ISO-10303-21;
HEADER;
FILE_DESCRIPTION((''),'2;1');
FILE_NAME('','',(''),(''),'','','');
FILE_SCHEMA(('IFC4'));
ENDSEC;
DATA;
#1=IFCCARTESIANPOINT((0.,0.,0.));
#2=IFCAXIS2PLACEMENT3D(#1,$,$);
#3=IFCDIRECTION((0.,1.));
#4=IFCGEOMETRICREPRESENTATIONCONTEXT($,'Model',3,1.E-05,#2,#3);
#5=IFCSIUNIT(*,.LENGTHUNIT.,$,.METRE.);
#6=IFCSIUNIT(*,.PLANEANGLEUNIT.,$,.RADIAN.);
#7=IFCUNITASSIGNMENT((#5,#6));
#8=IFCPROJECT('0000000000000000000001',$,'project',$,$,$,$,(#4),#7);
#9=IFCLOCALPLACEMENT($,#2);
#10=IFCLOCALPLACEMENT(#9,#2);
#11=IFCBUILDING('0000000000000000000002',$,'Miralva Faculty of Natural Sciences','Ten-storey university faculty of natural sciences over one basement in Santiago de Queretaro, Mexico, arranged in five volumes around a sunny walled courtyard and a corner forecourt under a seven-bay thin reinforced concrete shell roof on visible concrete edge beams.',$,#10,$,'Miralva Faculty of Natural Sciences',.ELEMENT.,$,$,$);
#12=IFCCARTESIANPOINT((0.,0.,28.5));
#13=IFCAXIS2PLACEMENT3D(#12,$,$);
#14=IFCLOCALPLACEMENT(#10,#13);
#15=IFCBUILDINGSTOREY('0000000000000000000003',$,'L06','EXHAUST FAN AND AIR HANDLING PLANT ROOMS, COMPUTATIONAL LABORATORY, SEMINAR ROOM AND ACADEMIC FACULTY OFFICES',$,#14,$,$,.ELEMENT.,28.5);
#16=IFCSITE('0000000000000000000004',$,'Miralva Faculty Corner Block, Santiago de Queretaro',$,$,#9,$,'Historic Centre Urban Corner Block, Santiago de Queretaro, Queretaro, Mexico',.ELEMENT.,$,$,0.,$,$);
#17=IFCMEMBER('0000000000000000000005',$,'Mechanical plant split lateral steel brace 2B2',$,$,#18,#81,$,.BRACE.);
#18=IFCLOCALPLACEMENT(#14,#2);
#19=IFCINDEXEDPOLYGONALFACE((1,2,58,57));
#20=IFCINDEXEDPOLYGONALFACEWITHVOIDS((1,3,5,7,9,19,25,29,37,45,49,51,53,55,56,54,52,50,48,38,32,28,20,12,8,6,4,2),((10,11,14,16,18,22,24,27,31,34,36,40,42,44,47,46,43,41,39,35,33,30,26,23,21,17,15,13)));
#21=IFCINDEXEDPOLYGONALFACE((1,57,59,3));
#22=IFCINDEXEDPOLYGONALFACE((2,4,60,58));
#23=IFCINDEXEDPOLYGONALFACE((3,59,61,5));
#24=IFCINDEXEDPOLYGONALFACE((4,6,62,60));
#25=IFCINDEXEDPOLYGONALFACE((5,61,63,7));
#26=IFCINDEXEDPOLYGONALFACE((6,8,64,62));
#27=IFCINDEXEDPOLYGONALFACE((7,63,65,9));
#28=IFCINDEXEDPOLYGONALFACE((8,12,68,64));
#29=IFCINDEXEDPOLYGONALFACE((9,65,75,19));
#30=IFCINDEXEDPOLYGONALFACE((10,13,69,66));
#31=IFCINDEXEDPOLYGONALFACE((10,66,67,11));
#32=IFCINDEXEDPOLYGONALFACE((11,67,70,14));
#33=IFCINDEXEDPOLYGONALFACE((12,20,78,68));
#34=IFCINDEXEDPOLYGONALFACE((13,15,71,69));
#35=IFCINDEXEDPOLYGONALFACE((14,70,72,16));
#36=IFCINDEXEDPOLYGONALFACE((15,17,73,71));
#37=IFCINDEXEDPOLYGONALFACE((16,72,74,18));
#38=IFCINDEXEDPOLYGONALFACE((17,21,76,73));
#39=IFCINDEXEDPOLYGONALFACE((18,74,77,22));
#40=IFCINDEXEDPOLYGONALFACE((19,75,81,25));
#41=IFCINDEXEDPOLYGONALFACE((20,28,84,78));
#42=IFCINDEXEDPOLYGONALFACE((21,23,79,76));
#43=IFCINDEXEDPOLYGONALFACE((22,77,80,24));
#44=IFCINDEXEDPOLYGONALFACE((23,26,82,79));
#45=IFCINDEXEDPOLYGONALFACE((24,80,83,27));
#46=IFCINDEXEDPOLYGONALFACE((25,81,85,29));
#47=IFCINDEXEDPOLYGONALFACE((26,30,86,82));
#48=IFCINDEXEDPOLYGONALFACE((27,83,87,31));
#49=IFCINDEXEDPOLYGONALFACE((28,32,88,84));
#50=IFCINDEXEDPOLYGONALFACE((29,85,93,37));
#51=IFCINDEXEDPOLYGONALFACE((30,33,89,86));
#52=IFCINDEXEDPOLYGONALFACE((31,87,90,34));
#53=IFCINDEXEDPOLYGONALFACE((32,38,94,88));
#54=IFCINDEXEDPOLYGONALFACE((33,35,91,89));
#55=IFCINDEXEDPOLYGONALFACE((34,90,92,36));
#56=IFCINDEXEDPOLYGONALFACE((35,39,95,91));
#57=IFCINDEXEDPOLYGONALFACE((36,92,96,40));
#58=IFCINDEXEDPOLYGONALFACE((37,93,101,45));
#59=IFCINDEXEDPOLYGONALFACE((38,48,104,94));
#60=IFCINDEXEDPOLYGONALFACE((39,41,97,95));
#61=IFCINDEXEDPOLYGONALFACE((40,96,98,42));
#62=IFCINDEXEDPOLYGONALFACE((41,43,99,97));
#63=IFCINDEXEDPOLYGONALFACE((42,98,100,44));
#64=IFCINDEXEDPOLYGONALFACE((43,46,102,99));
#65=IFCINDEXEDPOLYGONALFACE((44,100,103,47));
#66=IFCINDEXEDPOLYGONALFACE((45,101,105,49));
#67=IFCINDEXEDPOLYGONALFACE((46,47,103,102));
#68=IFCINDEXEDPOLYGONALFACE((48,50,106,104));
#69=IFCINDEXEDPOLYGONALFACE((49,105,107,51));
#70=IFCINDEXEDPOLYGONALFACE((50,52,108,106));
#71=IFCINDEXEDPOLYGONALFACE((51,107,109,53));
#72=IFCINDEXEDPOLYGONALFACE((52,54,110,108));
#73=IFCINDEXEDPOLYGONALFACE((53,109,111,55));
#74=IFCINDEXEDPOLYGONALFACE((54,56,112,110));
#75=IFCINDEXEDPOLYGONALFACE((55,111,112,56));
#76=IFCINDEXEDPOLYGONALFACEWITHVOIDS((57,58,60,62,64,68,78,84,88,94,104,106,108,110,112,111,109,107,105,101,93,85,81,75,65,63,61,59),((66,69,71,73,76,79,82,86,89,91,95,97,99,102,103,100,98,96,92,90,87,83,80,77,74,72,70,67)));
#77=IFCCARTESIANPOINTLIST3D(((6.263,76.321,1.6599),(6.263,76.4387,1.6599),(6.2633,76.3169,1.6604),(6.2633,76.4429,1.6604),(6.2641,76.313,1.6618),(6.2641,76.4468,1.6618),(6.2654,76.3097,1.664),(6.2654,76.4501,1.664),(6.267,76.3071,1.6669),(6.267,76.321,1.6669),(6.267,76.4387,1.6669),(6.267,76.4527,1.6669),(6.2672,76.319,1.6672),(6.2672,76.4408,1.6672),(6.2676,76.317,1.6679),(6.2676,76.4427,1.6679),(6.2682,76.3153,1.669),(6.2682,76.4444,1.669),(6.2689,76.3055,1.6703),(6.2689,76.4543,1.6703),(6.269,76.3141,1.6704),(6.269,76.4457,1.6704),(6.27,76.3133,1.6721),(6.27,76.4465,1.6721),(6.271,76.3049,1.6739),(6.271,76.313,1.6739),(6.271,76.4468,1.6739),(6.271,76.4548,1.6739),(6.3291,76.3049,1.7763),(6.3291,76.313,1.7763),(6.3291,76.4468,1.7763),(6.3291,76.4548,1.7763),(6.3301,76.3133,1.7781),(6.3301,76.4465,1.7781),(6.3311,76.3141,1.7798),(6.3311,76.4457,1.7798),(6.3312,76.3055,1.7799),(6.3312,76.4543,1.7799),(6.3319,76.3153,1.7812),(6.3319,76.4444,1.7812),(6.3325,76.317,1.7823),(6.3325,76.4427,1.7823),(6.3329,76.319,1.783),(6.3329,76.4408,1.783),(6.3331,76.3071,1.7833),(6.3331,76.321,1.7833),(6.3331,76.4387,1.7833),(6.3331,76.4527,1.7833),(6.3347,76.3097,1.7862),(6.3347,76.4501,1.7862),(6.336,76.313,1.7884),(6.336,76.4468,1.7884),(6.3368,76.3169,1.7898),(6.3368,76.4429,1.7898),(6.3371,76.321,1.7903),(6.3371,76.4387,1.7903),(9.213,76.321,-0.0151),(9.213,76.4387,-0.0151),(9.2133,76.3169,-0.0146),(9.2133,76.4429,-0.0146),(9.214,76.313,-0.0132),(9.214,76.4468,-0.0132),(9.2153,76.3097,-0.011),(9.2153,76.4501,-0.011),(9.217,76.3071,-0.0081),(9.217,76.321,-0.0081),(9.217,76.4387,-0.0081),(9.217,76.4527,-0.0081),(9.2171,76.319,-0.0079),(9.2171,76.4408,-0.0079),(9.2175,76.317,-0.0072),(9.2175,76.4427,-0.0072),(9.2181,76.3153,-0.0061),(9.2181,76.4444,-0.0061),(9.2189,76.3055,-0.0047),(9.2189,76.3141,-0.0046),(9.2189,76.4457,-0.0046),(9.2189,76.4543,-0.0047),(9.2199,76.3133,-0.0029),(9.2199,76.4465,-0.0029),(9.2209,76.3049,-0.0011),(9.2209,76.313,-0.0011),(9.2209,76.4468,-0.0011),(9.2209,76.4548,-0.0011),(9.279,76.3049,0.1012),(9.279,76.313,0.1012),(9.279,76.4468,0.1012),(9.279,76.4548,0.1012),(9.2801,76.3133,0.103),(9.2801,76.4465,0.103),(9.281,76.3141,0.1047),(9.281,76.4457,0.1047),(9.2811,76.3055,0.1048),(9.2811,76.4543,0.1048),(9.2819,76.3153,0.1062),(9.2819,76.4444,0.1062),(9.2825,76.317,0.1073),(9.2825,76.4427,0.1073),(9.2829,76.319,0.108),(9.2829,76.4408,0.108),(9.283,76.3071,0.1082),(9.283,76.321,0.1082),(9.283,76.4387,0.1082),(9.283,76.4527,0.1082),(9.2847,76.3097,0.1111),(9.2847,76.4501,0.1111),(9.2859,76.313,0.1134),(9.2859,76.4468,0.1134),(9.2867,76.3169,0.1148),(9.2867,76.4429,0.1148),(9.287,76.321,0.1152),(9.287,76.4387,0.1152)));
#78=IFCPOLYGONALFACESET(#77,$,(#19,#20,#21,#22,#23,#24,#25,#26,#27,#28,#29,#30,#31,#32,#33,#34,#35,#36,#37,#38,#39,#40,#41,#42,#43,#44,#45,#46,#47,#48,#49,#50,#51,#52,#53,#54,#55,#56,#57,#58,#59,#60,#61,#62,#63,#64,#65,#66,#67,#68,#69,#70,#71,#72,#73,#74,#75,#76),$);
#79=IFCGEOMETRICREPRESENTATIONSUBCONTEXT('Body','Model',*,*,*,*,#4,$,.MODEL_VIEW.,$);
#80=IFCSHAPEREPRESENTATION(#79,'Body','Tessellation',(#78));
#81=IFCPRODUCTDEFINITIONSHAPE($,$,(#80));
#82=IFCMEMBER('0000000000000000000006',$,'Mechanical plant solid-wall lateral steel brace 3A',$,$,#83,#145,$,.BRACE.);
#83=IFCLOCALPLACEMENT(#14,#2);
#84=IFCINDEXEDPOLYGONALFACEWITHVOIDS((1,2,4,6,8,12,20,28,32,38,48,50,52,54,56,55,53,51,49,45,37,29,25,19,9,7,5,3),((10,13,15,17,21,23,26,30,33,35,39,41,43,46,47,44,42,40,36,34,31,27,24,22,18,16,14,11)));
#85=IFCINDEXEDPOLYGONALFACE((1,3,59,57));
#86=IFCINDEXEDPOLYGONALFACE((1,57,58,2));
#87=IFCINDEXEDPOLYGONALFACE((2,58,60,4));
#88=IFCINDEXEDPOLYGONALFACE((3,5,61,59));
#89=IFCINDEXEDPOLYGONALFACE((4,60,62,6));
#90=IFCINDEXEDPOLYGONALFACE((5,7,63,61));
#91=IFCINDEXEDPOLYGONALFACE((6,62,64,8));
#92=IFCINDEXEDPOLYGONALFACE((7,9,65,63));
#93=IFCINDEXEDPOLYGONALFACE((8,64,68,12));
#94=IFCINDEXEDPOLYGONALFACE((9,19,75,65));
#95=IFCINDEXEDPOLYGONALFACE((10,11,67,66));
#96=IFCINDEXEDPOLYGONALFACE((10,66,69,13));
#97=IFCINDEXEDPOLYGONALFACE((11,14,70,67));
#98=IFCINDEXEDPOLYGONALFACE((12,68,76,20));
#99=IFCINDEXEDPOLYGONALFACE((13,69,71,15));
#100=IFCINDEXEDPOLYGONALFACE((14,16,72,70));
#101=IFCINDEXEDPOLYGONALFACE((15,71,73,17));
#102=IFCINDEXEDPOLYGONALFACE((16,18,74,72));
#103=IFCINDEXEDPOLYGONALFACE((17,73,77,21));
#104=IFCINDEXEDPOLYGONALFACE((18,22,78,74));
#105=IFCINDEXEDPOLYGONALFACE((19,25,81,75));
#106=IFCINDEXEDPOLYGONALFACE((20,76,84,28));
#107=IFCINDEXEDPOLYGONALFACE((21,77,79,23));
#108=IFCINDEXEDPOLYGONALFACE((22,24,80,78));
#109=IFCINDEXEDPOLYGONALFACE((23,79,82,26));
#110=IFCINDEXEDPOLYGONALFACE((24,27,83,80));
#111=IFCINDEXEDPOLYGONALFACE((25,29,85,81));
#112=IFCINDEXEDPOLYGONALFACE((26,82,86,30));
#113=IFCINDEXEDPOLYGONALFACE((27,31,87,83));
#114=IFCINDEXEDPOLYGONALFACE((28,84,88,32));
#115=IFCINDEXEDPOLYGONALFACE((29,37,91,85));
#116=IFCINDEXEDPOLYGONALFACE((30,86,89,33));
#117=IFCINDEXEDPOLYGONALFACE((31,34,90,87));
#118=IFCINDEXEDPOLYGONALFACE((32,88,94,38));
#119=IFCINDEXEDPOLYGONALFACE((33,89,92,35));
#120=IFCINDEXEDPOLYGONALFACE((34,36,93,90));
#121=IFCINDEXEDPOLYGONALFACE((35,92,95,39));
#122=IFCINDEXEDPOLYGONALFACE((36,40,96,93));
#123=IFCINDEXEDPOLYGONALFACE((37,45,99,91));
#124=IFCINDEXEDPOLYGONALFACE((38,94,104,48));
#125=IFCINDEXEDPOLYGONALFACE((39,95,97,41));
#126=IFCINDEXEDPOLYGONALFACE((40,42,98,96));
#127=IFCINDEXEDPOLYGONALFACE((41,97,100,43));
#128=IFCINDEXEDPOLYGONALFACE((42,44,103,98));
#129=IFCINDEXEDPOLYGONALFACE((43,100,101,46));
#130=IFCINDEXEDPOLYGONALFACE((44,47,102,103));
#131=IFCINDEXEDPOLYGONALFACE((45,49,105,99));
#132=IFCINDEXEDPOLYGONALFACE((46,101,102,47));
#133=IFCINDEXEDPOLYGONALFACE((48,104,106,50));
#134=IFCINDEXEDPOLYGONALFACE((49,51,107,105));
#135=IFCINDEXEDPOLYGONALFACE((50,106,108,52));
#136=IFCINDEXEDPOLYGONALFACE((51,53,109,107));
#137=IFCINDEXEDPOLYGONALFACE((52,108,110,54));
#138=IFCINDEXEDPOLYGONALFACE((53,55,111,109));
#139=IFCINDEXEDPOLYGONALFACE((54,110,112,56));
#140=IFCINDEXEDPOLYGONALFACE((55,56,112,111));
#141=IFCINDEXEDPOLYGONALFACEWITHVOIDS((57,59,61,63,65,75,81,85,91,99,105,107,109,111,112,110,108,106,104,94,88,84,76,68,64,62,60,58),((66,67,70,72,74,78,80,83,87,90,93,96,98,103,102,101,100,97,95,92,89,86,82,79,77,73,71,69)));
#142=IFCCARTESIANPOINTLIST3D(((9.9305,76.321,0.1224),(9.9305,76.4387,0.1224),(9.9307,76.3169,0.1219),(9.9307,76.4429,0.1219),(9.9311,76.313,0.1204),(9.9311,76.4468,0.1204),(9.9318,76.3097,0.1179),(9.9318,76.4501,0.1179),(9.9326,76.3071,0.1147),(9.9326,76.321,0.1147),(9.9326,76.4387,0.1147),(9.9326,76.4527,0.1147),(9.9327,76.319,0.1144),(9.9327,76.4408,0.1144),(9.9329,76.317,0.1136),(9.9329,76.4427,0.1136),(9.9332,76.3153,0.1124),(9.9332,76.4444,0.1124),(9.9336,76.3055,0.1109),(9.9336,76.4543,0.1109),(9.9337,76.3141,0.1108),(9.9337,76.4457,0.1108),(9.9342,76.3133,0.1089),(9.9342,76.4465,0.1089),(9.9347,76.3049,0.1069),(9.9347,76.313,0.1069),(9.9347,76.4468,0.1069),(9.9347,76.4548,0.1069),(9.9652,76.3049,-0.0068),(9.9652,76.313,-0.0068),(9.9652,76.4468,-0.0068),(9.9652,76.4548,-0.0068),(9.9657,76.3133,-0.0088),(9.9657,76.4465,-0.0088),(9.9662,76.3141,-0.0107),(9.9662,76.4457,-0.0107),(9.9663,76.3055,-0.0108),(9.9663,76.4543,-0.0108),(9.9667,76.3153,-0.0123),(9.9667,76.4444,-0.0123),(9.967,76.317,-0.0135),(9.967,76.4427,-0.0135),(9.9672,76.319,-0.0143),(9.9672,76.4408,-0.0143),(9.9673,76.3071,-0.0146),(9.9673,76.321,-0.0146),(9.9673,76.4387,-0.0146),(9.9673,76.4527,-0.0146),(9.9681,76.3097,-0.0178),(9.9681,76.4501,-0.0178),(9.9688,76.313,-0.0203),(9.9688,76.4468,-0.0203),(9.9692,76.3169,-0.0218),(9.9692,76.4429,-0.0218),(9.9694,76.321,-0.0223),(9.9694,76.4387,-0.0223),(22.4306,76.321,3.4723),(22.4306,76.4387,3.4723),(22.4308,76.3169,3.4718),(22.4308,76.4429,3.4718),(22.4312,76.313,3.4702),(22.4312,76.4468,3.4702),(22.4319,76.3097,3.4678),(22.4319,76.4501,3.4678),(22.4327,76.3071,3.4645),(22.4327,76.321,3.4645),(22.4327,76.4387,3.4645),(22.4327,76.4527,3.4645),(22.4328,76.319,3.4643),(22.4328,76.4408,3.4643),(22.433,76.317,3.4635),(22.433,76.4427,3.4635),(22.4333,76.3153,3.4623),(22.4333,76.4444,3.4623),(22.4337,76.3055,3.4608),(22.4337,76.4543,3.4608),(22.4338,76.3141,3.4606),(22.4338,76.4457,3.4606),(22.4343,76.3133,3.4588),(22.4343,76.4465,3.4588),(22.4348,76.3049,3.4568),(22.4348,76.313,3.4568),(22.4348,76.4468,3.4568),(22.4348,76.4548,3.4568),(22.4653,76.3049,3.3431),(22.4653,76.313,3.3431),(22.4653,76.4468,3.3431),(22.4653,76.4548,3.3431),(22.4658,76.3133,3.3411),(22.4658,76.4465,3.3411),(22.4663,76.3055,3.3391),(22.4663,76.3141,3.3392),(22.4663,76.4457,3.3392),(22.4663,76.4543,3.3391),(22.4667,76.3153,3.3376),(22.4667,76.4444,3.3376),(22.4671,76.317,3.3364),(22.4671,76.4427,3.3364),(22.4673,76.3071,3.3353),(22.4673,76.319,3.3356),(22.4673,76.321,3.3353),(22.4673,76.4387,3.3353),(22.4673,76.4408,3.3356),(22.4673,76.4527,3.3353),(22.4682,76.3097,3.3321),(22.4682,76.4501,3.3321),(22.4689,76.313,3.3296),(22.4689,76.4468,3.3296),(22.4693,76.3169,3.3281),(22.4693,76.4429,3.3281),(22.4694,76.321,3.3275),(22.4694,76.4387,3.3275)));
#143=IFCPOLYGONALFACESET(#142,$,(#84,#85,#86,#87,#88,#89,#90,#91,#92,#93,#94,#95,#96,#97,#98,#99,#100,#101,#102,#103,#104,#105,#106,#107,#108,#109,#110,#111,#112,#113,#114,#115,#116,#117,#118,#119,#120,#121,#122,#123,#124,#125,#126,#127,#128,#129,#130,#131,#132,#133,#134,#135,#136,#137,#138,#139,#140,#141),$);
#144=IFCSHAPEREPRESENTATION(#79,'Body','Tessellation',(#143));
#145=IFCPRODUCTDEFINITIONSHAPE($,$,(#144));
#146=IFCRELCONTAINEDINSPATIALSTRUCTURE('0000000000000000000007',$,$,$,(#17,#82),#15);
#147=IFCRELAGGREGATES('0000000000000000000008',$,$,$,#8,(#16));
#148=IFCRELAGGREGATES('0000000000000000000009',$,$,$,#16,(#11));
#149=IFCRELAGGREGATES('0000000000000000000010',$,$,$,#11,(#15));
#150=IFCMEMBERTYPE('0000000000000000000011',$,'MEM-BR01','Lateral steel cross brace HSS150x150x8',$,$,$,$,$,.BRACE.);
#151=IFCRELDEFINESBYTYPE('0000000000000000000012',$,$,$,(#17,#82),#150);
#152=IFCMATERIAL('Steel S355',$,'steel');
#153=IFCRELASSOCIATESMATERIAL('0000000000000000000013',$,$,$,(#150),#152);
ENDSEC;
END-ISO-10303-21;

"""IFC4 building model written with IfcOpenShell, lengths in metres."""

from ifc_helpers import new_model, si_unit, direction, frame, origin, origin_2d, place, context, subcontext, project, spatial, hollow_rectangle, extrude, material, material_profile, profile_set, type_object, element, save


model = new_model("IFC4")

# Units and contexts
model_context = context("Model", 3, precision=1e-05, world=origin(), true_north=direction((0.0, 1.0)))
body_context = subcontext(model_context, "Body", "Model", "MODEL_VIEW")
ifc_project = project(units=[si_unit("LENGTHUNIT", "METRE"), si_unit("PLANEANGLEUNIT", "RADIAN")], contexts=[model_context])

# Site, building, storey
site_placement = place(None, origin())
site = spatial("IfcSite", under=ifc_project, at=site_placement, Name="Miralva Faculty Corner Block, Santiago de Queretaro", LongName="Historic Centre Urban Corner Block, Santiago de Queretaro, Queretaro, Mexico", CompositionType="ELEMENT", RefElevation=0.0)
building_placement = place(site_placement, origin())
building = spatial("IfcBuilding", under=site, at=building_placement, Name="Miralva Faculty of Natural Sciences", Description="Ten-storey university faculty of natural sciences over one basement in Santiago de Queretaro, Mexico, arranged in five volumes around a sunny walled courtyard and a corner forecourt under a seven-bay thin reinforced concrete shell roof on visible concrete edge beams.", LongName="Miralva Faculty of Natural Sciences", CompositionType="ELEMENT")
storey_placement = place(building_placement, frame((0.0, 0.0, 28.5)))
storey = spatial("IfcBuildingStorey", under=building, at=storey_placement, Name="L06", Description="EXHAUST FAN AND AIR HANDLING PLANT ROOMS, COMPUTATIONAL LABORATORY, SEMINAR ROOM AND ACADEMIC FACULTY OFFICES", CompositionType="ELEMENT", Elevation=28.5)

# Members
ifc_material_1 = material(Name="Steel S355", Category="steel")
ifc_material_profile_1 = material_profile(ifc_material_1, hollow_rectangle(XDim=0.1499, YDim=0.1499, WallThickness=0.0081, InnerFilletRadius=0.0081, OuterFilletRadius=0.0161, at=origin_2d()), Name="HSS 150x150x8")
ifc_profile_set_1 = profile_set([ifc_material_profile_1], Name="Steel S355")
member_type = type_object("IfcMemberType", Name="MEM-BR01", Description="Lateral steel cross brace HSS150x150x8", PredefinedType="BRACE", material=ifc_profile_set_1)
for number, where, z_axis, x_axis, name in (
    (1, (6.3, 76.3799, 1.7251), (0.869591, 0.0, -0.493773), (0.0, 1.0, 0.0), "Mechanical plant split lateral steel brace 2B2"),
):
    element("IfcMember", number, at=place(storey_placement, frame(where, z_axis=z_axis, x_axis=x_axis)), inside=storey, type_object=member_type, Name=name, PredefinedType="BRACE", context=body_context, shape_type="SweptSolid", body=[
        extrude(hollow_rectangle(XDim=0.1499, YDim=0.1499, WallThickness=0.0081, InnerFilletRadius=0.0081, OuterFilletRadius=0.0161, at=origin_2d()), origin(), (0.0, 0.0, 1.0), 3.3923),
    ])
member_1_placement = place(storey_placement, frame((9.95, 76.3799, 0.05), z_axis=(0.965916, 0.0, 0.258854), x_axis=(0.0, 1.0, 0.0)))
element("IfcMember", 2, at=member_1_placement, inside=storey, type_object=member_type, Name="Mechanical plant solid-wall lateral steel brace 3A", PredefinedType="BRACE", context=body_context, shape_type="SweptSolid", body=[
    extrude(hollow_rectangle(XDim=0.1499, YDim=0.1499, WallThickness=0.0081, InnerFilletRadius=0.0081, OuterFilletRadius=0.0161, at=origin_2d()), origin(), (0.0, 0.0, 1.0), 12.9412),
])

save(model, "model.ifc")
